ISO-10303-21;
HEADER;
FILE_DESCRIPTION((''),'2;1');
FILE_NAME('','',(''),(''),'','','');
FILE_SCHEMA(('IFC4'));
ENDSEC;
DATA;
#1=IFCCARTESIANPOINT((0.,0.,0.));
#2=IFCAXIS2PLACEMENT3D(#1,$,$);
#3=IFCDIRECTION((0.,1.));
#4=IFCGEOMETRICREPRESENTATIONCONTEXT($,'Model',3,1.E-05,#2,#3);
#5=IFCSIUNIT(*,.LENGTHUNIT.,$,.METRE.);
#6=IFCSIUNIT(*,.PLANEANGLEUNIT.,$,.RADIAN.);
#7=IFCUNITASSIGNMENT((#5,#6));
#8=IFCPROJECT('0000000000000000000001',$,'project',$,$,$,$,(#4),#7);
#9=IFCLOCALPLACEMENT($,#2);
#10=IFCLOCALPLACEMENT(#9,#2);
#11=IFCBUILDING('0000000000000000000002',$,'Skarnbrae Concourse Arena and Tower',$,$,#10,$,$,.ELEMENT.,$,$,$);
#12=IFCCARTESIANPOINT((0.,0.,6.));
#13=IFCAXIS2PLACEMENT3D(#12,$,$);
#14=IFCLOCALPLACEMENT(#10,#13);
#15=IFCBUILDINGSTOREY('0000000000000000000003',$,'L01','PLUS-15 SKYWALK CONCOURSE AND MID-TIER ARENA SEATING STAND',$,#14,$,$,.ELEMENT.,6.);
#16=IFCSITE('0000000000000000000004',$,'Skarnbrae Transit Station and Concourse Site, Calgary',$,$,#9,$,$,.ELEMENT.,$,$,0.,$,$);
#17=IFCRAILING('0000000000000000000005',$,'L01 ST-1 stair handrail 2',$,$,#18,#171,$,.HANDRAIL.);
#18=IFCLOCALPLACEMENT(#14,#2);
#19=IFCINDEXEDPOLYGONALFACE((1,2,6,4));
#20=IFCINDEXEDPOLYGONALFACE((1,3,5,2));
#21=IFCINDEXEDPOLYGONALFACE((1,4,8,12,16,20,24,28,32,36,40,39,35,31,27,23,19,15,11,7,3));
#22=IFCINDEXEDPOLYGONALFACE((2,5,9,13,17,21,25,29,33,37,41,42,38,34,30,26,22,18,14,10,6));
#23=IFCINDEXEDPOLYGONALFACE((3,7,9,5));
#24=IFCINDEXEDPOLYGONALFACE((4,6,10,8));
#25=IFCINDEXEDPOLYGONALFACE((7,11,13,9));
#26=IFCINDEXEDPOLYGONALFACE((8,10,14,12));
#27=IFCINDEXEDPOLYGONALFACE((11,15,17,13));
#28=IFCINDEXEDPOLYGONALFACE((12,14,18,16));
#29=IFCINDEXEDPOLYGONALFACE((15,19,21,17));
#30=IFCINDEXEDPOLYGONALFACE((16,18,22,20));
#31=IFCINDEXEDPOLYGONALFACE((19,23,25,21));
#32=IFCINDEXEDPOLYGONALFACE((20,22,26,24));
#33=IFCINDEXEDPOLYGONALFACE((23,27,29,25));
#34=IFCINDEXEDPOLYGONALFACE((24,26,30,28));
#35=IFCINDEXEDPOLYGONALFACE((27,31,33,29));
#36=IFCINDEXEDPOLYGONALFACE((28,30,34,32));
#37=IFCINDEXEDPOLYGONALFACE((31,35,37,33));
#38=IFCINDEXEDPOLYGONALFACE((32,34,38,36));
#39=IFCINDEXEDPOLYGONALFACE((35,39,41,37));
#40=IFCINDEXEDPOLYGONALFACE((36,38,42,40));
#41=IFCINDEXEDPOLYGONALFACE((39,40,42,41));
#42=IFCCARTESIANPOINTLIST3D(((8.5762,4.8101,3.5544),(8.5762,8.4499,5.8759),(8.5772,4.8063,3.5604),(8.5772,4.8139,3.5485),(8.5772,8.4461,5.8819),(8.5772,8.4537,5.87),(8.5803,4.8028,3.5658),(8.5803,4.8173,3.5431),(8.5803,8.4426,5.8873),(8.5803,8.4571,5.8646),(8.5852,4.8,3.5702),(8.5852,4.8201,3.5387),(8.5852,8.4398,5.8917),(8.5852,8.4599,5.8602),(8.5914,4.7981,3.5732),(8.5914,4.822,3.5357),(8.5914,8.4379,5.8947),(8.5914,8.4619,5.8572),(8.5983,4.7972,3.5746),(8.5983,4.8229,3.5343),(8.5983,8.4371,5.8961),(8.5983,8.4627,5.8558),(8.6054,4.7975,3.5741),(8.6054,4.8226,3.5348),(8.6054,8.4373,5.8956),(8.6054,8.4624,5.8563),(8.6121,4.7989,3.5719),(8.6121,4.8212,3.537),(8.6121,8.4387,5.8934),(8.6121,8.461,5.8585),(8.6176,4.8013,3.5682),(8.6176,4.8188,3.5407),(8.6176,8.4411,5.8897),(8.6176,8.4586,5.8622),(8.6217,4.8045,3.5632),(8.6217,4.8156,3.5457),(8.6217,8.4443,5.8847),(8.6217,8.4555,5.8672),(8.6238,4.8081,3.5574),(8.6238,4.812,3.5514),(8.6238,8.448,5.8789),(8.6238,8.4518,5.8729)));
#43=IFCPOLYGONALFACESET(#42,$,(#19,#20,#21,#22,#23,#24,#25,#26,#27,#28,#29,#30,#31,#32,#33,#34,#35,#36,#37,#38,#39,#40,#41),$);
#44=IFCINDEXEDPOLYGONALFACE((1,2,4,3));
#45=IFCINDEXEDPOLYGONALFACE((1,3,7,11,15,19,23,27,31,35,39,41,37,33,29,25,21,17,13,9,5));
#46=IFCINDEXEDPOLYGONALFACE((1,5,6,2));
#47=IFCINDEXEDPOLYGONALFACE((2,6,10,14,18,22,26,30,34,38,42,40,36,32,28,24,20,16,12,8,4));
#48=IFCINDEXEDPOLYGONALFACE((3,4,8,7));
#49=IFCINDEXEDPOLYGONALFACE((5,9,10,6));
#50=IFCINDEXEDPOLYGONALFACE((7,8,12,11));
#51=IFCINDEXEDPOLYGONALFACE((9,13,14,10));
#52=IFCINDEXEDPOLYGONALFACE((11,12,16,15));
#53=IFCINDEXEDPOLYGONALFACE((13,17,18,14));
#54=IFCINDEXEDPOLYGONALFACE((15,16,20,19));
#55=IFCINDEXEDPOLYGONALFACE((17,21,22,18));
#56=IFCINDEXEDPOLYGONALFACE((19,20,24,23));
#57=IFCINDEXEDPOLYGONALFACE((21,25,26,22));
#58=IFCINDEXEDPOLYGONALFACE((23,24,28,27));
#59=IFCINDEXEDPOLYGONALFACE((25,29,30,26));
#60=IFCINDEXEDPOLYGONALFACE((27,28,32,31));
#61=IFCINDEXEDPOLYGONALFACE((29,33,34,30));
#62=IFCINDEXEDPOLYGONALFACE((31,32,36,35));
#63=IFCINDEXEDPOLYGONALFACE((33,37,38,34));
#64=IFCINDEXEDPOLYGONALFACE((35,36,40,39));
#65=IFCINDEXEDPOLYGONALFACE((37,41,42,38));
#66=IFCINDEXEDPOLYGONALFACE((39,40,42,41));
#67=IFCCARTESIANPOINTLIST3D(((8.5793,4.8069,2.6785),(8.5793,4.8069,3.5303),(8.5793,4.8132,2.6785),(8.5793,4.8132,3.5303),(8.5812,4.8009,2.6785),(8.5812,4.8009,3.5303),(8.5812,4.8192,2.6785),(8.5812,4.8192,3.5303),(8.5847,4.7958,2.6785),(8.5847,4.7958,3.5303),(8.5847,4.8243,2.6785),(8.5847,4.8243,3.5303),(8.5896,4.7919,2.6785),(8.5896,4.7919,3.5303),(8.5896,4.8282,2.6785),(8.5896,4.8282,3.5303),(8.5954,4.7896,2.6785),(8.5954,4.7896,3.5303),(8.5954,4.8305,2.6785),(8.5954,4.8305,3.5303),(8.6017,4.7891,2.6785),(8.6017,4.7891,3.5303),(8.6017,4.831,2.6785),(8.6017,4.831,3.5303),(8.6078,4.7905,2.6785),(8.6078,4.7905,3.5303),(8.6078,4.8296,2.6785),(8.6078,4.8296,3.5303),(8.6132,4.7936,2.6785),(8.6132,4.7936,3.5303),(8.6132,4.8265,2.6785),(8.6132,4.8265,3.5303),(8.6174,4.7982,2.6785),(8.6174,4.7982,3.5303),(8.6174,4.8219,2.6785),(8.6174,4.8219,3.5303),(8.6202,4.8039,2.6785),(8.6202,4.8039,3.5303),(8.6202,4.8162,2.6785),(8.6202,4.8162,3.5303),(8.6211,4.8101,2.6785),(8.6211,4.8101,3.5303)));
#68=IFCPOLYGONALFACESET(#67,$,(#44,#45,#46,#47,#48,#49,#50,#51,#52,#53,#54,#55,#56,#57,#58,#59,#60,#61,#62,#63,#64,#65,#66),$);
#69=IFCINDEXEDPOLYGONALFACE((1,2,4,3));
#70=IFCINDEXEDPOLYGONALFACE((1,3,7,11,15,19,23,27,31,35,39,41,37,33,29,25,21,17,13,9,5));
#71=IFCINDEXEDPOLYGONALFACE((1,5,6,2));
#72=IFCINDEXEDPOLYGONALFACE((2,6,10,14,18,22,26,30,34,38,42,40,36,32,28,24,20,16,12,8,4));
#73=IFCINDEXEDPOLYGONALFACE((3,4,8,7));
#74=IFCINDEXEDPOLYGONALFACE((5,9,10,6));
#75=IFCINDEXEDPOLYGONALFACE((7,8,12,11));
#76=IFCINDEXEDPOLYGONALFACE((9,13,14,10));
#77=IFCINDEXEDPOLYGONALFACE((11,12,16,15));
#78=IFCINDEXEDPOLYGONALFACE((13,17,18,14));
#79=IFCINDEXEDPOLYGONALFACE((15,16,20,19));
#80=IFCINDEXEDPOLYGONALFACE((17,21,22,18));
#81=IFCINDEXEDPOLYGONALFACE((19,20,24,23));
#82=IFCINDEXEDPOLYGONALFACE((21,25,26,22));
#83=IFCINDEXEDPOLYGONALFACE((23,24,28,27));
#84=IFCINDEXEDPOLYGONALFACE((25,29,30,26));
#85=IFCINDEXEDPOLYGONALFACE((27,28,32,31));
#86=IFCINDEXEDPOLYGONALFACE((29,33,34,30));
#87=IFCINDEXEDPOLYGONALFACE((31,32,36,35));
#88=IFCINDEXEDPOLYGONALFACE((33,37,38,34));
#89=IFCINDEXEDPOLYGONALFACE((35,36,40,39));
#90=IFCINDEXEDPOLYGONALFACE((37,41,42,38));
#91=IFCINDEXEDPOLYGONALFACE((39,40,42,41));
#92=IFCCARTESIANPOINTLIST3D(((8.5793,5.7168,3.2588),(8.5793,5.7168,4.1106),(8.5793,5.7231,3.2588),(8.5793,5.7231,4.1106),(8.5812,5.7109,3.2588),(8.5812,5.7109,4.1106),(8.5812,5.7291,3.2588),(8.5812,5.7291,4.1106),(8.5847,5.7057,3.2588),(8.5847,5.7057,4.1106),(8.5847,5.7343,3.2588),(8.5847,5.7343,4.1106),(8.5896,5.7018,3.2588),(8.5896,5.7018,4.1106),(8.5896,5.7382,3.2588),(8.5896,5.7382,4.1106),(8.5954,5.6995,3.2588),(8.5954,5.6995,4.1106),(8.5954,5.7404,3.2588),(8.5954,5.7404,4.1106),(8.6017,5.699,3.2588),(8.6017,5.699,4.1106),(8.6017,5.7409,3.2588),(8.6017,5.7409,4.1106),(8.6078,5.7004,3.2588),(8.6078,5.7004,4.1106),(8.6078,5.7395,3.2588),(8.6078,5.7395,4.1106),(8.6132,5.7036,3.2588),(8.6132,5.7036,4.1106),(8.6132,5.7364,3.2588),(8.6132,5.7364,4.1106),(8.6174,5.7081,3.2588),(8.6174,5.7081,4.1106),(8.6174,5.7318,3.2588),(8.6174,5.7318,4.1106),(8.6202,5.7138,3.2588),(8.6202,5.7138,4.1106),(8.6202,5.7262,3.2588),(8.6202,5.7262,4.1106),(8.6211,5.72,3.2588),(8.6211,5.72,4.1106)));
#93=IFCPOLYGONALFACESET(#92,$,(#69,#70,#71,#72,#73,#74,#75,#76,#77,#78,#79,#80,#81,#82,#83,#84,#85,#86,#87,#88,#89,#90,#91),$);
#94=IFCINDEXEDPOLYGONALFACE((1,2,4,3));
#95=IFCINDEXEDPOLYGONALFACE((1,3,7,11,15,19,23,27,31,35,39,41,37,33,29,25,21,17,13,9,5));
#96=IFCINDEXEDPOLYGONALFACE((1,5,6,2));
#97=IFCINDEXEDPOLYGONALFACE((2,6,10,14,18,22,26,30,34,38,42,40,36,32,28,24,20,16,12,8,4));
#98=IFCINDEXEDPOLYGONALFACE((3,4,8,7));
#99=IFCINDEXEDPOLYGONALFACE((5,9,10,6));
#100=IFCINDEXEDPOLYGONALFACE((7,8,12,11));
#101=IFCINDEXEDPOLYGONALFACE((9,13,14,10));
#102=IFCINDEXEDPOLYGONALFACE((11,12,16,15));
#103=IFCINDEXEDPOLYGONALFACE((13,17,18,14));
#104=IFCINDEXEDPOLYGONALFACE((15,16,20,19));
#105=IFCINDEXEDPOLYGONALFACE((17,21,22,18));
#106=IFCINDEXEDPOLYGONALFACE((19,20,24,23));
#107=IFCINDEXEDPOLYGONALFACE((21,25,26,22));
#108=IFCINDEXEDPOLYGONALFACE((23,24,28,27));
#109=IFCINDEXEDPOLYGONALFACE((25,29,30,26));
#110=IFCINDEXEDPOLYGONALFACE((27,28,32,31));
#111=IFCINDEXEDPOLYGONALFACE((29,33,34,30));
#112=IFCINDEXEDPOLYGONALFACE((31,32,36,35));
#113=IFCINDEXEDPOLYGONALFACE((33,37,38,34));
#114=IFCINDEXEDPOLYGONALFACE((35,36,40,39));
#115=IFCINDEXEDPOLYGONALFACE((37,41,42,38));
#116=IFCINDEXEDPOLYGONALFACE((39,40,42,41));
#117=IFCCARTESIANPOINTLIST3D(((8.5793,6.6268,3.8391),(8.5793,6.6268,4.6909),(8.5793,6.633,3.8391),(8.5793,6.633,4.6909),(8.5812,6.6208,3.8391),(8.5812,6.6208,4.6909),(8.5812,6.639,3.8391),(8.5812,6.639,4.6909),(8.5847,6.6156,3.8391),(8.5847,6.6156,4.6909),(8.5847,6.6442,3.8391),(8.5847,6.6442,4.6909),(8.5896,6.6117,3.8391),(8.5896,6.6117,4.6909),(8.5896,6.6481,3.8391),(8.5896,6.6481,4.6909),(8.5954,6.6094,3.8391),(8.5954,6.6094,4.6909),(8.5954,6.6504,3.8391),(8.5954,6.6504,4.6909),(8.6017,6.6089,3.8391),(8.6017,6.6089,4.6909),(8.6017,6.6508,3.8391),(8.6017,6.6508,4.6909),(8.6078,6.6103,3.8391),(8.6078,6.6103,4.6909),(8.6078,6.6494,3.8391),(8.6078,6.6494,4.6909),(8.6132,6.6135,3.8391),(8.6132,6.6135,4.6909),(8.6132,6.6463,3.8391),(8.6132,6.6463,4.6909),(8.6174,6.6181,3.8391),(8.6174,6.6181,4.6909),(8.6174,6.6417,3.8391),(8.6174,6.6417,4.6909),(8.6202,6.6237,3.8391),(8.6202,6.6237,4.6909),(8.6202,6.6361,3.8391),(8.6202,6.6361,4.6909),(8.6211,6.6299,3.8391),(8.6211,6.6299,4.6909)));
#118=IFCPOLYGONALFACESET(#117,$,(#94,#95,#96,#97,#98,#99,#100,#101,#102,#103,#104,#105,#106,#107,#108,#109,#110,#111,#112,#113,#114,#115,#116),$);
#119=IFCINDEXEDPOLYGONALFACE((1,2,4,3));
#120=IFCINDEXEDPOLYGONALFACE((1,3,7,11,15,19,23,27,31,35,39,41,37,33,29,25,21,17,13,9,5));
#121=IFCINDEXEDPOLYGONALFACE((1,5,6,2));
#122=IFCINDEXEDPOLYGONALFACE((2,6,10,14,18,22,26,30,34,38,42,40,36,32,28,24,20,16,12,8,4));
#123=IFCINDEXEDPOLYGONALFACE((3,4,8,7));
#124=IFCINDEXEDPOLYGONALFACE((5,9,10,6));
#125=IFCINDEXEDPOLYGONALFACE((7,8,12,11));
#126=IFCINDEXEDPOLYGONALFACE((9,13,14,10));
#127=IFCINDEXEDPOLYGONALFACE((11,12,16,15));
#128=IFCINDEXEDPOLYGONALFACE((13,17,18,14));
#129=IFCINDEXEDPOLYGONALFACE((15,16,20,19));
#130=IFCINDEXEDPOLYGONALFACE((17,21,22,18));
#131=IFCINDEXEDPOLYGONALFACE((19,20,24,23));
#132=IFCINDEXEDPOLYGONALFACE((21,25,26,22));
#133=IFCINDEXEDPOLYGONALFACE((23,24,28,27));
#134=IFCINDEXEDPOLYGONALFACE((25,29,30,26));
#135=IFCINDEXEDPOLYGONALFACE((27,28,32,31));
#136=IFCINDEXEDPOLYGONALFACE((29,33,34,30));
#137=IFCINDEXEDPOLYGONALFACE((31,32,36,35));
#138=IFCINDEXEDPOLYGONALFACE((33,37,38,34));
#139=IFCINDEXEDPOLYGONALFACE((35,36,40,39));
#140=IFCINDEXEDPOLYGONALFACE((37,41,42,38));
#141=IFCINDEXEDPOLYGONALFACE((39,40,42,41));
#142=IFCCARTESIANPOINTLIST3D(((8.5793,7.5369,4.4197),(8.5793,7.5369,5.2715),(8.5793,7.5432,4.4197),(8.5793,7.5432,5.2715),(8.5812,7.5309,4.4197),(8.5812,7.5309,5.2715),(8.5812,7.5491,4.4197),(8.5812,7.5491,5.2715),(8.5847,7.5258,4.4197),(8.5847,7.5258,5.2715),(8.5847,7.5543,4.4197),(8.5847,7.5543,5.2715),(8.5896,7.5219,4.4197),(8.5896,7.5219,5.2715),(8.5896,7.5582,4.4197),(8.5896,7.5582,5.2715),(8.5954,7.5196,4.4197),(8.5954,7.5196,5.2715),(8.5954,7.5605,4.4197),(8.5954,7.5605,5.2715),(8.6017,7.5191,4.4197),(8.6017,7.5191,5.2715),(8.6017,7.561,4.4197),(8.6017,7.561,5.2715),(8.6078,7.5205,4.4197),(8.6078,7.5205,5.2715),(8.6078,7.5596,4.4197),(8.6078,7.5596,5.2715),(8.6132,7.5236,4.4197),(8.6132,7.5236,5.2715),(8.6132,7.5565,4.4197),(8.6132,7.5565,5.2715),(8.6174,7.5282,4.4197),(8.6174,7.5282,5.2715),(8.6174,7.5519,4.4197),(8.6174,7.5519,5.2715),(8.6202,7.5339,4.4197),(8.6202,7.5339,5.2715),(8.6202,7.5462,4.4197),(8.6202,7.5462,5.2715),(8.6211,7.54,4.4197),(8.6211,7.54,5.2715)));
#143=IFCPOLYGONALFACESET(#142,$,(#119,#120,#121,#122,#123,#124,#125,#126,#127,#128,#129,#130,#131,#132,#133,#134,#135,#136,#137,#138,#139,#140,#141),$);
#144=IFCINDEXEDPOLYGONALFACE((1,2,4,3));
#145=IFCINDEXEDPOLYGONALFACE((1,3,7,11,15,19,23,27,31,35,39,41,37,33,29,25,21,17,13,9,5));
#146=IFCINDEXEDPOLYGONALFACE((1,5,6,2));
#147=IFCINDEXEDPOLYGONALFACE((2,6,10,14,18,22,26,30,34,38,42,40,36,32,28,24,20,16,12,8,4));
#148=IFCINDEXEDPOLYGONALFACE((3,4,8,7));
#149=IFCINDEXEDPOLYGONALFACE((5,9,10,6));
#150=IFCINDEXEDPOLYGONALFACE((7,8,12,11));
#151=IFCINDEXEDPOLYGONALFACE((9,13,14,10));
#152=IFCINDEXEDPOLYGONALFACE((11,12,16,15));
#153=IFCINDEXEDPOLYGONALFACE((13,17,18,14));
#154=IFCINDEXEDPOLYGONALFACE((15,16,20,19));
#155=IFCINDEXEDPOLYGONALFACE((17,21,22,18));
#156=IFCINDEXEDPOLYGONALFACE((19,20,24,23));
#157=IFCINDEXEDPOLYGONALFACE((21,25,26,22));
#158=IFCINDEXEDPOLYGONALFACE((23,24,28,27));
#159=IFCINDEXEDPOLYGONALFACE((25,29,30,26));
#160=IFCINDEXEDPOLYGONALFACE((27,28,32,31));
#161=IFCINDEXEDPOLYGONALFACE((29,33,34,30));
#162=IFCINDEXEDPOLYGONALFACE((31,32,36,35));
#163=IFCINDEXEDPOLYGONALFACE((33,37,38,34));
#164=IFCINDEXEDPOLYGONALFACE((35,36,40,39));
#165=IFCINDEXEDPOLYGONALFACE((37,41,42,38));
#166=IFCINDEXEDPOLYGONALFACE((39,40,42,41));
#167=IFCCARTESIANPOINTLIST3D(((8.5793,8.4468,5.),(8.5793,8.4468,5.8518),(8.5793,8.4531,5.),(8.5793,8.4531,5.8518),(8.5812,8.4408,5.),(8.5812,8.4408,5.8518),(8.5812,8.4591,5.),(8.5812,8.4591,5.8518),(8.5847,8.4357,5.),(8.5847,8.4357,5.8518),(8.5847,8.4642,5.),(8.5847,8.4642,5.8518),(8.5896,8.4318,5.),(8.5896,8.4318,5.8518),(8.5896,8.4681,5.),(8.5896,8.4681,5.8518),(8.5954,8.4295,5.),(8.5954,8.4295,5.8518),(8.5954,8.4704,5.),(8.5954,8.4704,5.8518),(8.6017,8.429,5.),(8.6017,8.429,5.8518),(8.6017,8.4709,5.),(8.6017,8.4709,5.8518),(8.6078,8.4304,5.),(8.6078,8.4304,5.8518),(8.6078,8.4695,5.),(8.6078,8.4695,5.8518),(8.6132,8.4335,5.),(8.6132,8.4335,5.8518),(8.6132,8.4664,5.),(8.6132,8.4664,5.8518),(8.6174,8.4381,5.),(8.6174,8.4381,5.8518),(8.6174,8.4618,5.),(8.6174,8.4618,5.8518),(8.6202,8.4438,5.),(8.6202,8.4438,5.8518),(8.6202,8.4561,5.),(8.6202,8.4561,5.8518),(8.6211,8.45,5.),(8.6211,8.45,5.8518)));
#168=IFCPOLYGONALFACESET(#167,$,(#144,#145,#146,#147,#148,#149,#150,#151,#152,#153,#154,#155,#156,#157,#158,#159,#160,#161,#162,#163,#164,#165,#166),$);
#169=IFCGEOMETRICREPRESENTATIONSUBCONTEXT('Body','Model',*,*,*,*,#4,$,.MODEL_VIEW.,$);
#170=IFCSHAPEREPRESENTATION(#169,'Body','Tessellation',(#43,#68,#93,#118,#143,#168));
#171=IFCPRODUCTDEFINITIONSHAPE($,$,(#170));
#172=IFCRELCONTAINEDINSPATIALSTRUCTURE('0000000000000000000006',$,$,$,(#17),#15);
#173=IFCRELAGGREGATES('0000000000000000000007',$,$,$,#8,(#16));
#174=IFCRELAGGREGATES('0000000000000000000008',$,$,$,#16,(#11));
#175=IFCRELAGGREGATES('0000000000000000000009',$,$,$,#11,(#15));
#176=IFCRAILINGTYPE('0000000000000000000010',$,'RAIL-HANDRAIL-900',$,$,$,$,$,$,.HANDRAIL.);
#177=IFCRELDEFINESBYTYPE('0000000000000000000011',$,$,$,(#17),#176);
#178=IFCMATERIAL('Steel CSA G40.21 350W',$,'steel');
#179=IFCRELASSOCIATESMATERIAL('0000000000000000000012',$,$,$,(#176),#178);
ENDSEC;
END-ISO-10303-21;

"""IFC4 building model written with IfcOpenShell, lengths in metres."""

from ifc_helpers import new_model, si_unit, direction, frame, origin, origin_2d, place, context, subcontext, project, spatial, circle, extrude, material, type_object, element, save


model = new_model("IFC4")

# Units and contexts
model_context = context("Model", 3, precision=1e-05, world=origin(), true_north=direction((0.0, 1.0)))
body_context = subcontext(model_context, "Body", "Model", "MODEL_VIEW")
ifc_project = project(units=[si_unit("LENGTHUNIT", "METRE"), si_unit("PLANEANGLEUNIT", "RADIAN")], contexts=[model_context])

# Site, building, storey
site_placement = place(None, origin())
site = spatial("IfcSite", under=ifc_project, at=site_placement, Name="Skarnbrae Transit Station and Concourse Site, Calgary", CompositionType="ELEMENT", RefElevation=0.0)
building_placement = place(site_placement, origin())
building = spatial("IfcBuilding", under=site, at=building_placement, Name="Skarnbrae Concourse Arena and Tower", CompositionType="ELEMENT")
storey_placement = place(building_placement, frame((0.0, 0.0, 6.0)))
storey = spatial("IfcBuildingStorey", under=building, at=storey_placement, Name="L01", Description="PLUS-15 SKYWALK CONCOURSE AND MID-TIER ARENA SEATING STAND", CompositionType="ELEMENT", Elevation=6.0)

# Shared definitions
ifc_material_1 = material(Name="Steel CSA G40.21 350W", Category="steel")

# Railing
railing_type_1 = type_object("IfcRailingType", Name="RAIL-HANDRAIL-900", PredefinedType="HANDRAIL", material=ifc_material_1)
railing_1_placement = place(storey_placement, frame((8.6001, 4.8101, 2.6785)))
element("IfcRailing", 1, at=railing_1_placement, inside=storey, type_object=railing_type_1, Name="L01 ST-1 stair handrail 2", PredefinedType="HANDRAIL", context=body_context, shape_type="SweptSolid", body=[
    extrude(circle(Radius=0.0239, at=origin_2d()), frame((0.0, 0.0, 0.876), z_axis=(0.0, 0.843112, 0.537739), x_axis=(-1.0, 0.0, 0.0)), (0.0, 0.0, 1.0), 4.3171),
    extrude(circle(Radius=0.021, at=origin_2d()), origin(), (0.0, 0.0, 1.0), 0.8518),
    extrude(circle(Radius=0.021, at=origin_2d()), frame((0.0, 0.9099, 0.5803)), (0.0, 0.0, 1.0), 0.8518),
    extrude(circle(Radius=0.021, at=origin_2d()), frame((0.0, 1.8198, 1.1606)), (0.0, 0.0, 1.0), 0.8518),
    extrude(circle(Radius=0.021, at=origin_2d()), frame((0.0, 2.73, 1.7412)), (0.0, 0.0, 1.0), 0.8518),
    extrude(circle(Radius=0.021, at=origin_2d()), frame((0.0, 3.6399, 2.3215)), (0.0, 0.0, 1.0), 0.8518),
])

save(model, "model.ifc")
